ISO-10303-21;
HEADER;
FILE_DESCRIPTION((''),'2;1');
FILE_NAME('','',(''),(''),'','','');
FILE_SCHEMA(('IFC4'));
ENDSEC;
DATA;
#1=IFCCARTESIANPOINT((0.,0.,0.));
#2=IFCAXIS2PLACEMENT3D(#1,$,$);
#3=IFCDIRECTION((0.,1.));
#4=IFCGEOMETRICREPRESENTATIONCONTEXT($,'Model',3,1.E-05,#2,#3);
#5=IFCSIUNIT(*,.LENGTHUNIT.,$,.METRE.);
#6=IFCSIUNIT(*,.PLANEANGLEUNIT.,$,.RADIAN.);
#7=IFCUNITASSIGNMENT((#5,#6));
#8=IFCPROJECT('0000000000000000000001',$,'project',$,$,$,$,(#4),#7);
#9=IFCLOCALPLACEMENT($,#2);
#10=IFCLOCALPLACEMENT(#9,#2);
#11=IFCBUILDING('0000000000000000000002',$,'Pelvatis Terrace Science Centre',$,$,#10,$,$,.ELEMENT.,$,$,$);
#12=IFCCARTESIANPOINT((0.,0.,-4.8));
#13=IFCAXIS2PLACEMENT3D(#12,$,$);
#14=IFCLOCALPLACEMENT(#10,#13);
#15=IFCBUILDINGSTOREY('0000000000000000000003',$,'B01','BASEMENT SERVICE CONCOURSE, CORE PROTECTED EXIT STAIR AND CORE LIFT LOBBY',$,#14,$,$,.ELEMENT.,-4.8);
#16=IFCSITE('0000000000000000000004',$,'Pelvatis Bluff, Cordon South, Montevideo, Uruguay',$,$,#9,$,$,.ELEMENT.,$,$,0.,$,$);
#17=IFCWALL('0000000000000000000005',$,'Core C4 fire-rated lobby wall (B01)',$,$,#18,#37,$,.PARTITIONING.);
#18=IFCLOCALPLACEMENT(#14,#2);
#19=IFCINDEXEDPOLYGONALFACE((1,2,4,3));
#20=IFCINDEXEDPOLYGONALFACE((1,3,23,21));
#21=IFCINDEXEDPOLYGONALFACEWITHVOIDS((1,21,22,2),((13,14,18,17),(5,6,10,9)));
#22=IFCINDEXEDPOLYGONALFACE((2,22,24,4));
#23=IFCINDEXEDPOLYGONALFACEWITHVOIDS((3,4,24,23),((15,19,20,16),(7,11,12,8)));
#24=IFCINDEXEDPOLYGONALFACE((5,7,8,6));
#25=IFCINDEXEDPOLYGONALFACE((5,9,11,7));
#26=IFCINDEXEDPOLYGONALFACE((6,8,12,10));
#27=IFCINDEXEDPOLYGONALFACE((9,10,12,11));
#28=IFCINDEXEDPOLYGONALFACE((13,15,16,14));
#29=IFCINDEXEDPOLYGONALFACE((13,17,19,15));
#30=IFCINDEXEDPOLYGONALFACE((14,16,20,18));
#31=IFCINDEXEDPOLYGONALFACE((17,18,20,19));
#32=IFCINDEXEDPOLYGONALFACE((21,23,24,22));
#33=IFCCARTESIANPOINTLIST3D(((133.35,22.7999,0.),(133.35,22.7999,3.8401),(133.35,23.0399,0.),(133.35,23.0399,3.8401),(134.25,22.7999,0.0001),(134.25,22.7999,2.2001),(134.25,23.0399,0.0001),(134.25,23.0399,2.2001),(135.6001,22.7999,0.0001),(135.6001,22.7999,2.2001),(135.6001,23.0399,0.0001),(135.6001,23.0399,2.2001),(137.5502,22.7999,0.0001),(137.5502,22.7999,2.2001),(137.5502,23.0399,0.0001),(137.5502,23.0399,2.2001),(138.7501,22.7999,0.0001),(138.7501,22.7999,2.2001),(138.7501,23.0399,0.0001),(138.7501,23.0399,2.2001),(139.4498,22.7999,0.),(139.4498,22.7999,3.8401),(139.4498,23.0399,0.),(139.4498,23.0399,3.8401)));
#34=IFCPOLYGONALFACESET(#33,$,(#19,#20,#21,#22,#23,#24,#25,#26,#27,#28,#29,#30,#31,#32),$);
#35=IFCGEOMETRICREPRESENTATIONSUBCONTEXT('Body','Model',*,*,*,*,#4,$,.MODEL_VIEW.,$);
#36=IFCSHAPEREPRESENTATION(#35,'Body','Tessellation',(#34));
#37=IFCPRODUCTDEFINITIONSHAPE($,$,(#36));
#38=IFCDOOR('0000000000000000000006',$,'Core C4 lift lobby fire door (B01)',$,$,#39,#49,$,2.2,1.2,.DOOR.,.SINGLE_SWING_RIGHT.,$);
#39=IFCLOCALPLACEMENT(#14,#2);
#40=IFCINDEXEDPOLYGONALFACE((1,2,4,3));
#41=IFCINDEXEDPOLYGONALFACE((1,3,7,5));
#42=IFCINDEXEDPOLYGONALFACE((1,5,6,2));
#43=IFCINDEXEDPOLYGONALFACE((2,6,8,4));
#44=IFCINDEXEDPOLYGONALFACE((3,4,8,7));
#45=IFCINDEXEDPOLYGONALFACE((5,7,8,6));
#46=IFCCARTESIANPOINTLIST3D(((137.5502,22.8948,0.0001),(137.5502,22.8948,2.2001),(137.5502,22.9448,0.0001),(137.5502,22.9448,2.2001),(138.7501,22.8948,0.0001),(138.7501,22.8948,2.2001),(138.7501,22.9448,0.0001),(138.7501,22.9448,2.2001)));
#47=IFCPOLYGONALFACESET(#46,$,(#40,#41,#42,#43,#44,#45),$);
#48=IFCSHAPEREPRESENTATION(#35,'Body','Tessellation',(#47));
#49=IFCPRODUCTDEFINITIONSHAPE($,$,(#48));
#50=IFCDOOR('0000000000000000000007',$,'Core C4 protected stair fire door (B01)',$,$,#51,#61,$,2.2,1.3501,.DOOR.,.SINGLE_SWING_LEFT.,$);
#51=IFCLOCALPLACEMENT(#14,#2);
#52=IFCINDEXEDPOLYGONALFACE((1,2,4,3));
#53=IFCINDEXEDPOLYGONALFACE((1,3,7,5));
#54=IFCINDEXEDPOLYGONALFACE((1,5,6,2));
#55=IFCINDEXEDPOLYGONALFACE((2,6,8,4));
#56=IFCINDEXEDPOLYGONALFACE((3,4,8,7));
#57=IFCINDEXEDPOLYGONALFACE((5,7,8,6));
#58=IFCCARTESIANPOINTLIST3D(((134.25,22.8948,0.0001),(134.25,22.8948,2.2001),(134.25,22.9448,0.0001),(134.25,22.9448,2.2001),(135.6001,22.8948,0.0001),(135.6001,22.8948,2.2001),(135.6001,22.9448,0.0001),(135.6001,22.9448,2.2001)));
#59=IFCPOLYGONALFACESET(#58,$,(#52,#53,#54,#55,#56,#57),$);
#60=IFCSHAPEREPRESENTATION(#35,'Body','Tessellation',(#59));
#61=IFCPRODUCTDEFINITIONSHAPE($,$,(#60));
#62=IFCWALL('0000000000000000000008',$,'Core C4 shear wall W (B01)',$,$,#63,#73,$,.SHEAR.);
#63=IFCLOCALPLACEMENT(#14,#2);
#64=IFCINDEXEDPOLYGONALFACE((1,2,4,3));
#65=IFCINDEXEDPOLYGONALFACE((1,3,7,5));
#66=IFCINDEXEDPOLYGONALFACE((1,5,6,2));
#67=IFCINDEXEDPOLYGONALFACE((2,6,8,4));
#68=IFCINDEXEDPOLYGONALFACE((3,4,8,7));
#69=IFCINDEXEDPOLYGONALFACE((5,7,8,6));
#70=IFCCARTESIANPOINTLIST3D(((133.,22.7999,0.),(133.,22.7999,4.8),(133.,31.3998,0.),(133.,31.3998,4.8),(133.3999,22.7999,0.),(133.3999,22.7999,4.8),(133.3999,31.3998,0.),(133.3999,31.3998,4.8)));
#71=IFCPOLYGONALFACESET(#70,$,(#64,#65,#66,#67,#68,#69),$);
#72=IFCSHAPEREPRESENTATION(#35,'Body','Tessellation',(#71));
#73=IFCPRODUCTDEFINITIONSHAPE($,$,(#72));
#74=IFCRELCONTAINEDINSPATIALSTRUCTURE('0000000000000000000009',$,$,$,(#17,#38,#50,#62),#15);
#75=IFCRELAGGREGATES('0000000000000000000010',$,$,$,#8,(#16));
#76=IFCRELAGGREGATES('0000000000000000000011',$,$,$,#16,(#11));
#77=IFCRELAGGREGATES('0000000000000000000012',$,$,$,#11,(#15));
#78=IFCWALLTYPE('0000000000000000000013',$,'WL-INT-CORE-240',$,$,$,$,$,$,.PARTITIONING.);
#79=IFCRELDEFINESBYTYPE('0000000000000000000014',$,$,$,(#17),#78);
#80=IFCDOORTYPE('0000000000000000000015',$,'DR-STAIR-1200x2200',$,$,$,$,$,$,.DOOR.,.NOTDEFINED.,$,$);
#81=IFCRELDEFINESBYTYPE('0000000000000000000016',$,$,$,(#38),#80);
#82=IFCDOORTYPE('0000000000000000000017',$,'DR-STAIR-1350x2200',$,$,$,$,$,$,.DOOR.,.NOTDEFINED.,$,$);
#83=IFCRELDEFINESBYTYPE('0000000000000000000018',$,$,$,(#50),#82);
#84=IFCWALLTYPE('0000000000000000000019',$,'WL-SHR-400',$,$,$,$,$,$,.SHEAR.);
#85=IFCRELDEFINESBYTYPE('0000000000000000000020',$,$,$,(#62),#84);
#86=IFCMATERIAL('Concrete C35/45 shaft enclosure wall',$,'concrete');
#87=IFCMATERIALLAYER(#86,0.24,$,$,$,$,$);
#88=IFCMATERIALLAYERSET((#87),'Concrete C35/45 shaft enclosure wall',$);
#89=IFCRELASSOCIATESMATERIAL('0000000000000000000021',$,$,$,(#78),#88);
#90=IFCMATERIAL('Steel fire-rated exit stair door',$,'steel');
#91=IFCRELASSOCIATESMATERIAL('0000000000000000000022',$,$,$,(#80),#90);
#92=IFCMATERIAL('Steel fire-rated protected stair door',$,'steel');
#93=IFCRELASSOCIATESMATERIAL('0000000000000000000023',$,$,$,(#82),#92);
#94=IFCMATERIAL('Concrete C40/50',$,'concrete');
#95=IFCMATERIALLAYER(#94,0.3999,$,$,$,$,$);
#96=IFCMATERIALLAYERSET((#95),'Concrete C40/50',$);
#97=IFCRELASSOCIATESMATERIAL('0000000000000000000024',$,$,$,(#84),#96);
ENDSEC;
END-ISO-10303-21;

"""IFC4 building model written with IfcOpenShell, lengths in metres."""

from ifc_helpers import new_model, si_unit, direction, frame, frame_2d, origin, place, context, subcontext, project, spatial, rectangle, extrude, material, layer, layer_set, type_object, element, fill, save


model = new_model("IFC4")

# Units and contexts
model_context = context("Model", 3, precision=1e-05, world=origin(), true_north=direction((0.0, 1.0)))
body_context = subcontext(model_context, "Body", "Model", "MODEL_VIEW")
ifc_project = project(units=[si_unit("LENGTHUNIT", "METRE"), si_unit("PLANEANGLEUNIT", "RADIAN")], contexts=[model_context])

# Site, building, storey
site_placement = place(None, origin())
site = spatial("IfcSite", under=ifc_project, at=site_placement, Name="Pelvatis Bluff, Cordon South, Montevideo, Uruguay", CompositionType="ELEMENT", RefElevation=0.0)
building_placement = place(site_placement, origin())
building = spatial("IfcBuilding", under=site, at=building_placement, Name="Pelvatis Terrace Science Centre", CompositionType="ELEMENT")
storey_placement = place(building_placement, frame((0.0, 0.0, -4.8)))
storey = spatial("IfcBuildingStorey", under=building, at=storey_placement, Name="B01", Description="BASEMENT SERVICE CONCOURSE, CORE PROTECTED EXIT STAIR AND CORE LIFT LOBBY", CompositionType="ELEMENT", Elevation=-4.8)

# Wall, openings, doors
ifc_material_1 = material(Name="Concrete C35/45 shaft enclosure wall", Category="concrete")
ifc_layer_1 = layer(ifc_material_1, 0.24)
ifc_layer_set_1 = layer_set([ifc_layer_1], Name="Concrete C35/45 shaft enclosure wall")
wall_type_1 = type_object("IfcWallType", Name="WL-INT-CORE-240", PredefinedType="PARTITIONING", material=ifc_layer_set_1)
wall_1_placement = place(storey_placement, frame((133.3501, 22.9199, 0.0), z_axis=(0.0, 0.0, 1.0), x_axis=(1.0, 0.0, 0.0)))
wall_1 = element("IfcWall", 1, at=wall_1_placement, inside=storey, type_object=wall_type_1, Name="Core C4 fire-rated lobby wall (B01)", PredefinedType="PARTITIONING", context=body_context, shape_type="SweptSolid", body=[
    extrude(rectangle(XDim=6.0999, YDim=0.24, at=frame_2d((3.0498, 0.0))), origin(), (0.0, 0.0, 1.0), 3.8401),
])
opening_1_placement = place(wall_1_placement, frame((0.8999, 0.0, 0.0)))
opening_1 = element("IfcOpeningElement", 2, at=opening_1_placement, cuts=wall_1, PredefinedType="OPENING", context=body_context, shape_type="SweptSolid", body=[
    extrude(rectangle(XDim=1.3501, YDim=2.2, at=frame_2d((0.675, 1.1001))), frame((0.0, 0.1299, 0.0), z_axis=(0.0, -1.0, 0.0), x_axis=(1.0, 0.0, 0.0)), (0.0, 0.0, 1.0), 0.26),
])
opening_2_placement = place(wall_1_placement, frame((4.2, 0.0, 0.0)))
opening_2 = element("IfcOpeningElement", 3, at=opening_2_placement, cuts=wall_1, PredefinedType="OPENING", context=body_context, shape_type="SweptSolid", body=[
    extrude(rectangle(XDim=1.2, YDim=2.2, at=frame_2d((0.6001, 1.1001))), frame((0.0, 0.1299, 0.0), z_axis=(0.0, -1.0, 0.0), x_axis=(1.0, 0.0, 0.0)), (0.0, 0.0, 1.0), 0.26),
])
ifc_material_2 = material(Name="Steel fire-rated exit stair door", Category="steel")
door_type_1 = type_object("IfcDoorType", Name="DR-STAIR-1200x2200", OperationType="NOTDEFINED", PredefinedType="DOOR", material=ifc_material_2)
door_1_placement = place(opening_2_placement, origin())
door_1 = element("IfcDoor", 4, at=door_1_placement, inside=storey, type_object=door_type_1, Name="Core C4 lift lobby fire door (B01)", OperationType="SINGLE_SWING_RIGHT", OverallHeight=2.2, OverallWidth=1.2, PredefinedType="DOOR", context=body_context, shape_type="SweptSolid", body=[
    extrude(rectangle(XDim=1.2, YDim=2.2, at=frame_2d((0.6001, 1.1001))), frame((0.0, 0.0249, 0.0), z_axis=(0.0, -1.0, 0.0), x_axis=(1.0, 0.0, 0.0)), (0.0, 0.0, 1.0), 0.05),
])
fill(opening_2, door_1)
ifc_material_3 = material(Name="Steel fire-rated protected stair door", Category="steel")
door_type_2 = type_object("IfcDoorType", Name="DR-STAIR-1350x2200", OperationType="NOTDEFINED", PredefinedType="DOOR", material=ifc_material_3)
door_2_placement = place(opening_1_placement, origin())
door_2 = element("IfcDoor", 5, at=door_2_placement, inside=storey, type_object=door_type_2, Name="Core C4 protected stair fire door (B01)", OperationType="SINGLE_SWING_LEFT", OverallHeight=2.2, OverallWidth=1.3501, PredefinedType="DOOR", context=body_context, shape_type="SweptSolid", body=[
    extrude(rectangle(XDim=1.3501, YDim=2.2, at=frame_2d((0.675, 1.1001))), frame((0.0, 0.0249, 0.0), z_axis=(0.0, -1.0, 0.0), x_axis=(1.0, 0.0, 0.0)), (0.0, 0.0, 1.0), 0.05),
])
fill(opening_1, door_2)

# Wall
ifc_material_4 = material(Name="Concrete C40/50", Category="concrete")
ifc_layer_2 = layer(ifc_material_4, 0.3999)
ifc_layer_set_2 = layer_set([ifc_layer_2], Name="Concrete C40/50")
wall_type_2 = type_object("IfcWallType", Name="WL-SHR-400", PredefinedType="SHEAR", material=ifc_layer_set_2)
wall_2_placement = place(storey_placement, frame((133.2, 22.8, 0.0), z_axis=(0.0, 0.0, 1.0), x_axis=(0.0, 1.0, 0.0)))
element("IfcWall", 6, at=wall_2_placement, inside=storey, type_object=wall_type_2, Name="Core C4 shear wall W (B01)", PredefinedType="SHEAR", context=body_context, shape_type="SweptSolid", body=[
    extrude(rectangle(XDim=8.5999, YDim=0.3999, at=frame_2d((4.2998, 0.0))), origin(), (0.0, 0.0, 1.0), 4.8),
])

save(model, "model.ifc")
